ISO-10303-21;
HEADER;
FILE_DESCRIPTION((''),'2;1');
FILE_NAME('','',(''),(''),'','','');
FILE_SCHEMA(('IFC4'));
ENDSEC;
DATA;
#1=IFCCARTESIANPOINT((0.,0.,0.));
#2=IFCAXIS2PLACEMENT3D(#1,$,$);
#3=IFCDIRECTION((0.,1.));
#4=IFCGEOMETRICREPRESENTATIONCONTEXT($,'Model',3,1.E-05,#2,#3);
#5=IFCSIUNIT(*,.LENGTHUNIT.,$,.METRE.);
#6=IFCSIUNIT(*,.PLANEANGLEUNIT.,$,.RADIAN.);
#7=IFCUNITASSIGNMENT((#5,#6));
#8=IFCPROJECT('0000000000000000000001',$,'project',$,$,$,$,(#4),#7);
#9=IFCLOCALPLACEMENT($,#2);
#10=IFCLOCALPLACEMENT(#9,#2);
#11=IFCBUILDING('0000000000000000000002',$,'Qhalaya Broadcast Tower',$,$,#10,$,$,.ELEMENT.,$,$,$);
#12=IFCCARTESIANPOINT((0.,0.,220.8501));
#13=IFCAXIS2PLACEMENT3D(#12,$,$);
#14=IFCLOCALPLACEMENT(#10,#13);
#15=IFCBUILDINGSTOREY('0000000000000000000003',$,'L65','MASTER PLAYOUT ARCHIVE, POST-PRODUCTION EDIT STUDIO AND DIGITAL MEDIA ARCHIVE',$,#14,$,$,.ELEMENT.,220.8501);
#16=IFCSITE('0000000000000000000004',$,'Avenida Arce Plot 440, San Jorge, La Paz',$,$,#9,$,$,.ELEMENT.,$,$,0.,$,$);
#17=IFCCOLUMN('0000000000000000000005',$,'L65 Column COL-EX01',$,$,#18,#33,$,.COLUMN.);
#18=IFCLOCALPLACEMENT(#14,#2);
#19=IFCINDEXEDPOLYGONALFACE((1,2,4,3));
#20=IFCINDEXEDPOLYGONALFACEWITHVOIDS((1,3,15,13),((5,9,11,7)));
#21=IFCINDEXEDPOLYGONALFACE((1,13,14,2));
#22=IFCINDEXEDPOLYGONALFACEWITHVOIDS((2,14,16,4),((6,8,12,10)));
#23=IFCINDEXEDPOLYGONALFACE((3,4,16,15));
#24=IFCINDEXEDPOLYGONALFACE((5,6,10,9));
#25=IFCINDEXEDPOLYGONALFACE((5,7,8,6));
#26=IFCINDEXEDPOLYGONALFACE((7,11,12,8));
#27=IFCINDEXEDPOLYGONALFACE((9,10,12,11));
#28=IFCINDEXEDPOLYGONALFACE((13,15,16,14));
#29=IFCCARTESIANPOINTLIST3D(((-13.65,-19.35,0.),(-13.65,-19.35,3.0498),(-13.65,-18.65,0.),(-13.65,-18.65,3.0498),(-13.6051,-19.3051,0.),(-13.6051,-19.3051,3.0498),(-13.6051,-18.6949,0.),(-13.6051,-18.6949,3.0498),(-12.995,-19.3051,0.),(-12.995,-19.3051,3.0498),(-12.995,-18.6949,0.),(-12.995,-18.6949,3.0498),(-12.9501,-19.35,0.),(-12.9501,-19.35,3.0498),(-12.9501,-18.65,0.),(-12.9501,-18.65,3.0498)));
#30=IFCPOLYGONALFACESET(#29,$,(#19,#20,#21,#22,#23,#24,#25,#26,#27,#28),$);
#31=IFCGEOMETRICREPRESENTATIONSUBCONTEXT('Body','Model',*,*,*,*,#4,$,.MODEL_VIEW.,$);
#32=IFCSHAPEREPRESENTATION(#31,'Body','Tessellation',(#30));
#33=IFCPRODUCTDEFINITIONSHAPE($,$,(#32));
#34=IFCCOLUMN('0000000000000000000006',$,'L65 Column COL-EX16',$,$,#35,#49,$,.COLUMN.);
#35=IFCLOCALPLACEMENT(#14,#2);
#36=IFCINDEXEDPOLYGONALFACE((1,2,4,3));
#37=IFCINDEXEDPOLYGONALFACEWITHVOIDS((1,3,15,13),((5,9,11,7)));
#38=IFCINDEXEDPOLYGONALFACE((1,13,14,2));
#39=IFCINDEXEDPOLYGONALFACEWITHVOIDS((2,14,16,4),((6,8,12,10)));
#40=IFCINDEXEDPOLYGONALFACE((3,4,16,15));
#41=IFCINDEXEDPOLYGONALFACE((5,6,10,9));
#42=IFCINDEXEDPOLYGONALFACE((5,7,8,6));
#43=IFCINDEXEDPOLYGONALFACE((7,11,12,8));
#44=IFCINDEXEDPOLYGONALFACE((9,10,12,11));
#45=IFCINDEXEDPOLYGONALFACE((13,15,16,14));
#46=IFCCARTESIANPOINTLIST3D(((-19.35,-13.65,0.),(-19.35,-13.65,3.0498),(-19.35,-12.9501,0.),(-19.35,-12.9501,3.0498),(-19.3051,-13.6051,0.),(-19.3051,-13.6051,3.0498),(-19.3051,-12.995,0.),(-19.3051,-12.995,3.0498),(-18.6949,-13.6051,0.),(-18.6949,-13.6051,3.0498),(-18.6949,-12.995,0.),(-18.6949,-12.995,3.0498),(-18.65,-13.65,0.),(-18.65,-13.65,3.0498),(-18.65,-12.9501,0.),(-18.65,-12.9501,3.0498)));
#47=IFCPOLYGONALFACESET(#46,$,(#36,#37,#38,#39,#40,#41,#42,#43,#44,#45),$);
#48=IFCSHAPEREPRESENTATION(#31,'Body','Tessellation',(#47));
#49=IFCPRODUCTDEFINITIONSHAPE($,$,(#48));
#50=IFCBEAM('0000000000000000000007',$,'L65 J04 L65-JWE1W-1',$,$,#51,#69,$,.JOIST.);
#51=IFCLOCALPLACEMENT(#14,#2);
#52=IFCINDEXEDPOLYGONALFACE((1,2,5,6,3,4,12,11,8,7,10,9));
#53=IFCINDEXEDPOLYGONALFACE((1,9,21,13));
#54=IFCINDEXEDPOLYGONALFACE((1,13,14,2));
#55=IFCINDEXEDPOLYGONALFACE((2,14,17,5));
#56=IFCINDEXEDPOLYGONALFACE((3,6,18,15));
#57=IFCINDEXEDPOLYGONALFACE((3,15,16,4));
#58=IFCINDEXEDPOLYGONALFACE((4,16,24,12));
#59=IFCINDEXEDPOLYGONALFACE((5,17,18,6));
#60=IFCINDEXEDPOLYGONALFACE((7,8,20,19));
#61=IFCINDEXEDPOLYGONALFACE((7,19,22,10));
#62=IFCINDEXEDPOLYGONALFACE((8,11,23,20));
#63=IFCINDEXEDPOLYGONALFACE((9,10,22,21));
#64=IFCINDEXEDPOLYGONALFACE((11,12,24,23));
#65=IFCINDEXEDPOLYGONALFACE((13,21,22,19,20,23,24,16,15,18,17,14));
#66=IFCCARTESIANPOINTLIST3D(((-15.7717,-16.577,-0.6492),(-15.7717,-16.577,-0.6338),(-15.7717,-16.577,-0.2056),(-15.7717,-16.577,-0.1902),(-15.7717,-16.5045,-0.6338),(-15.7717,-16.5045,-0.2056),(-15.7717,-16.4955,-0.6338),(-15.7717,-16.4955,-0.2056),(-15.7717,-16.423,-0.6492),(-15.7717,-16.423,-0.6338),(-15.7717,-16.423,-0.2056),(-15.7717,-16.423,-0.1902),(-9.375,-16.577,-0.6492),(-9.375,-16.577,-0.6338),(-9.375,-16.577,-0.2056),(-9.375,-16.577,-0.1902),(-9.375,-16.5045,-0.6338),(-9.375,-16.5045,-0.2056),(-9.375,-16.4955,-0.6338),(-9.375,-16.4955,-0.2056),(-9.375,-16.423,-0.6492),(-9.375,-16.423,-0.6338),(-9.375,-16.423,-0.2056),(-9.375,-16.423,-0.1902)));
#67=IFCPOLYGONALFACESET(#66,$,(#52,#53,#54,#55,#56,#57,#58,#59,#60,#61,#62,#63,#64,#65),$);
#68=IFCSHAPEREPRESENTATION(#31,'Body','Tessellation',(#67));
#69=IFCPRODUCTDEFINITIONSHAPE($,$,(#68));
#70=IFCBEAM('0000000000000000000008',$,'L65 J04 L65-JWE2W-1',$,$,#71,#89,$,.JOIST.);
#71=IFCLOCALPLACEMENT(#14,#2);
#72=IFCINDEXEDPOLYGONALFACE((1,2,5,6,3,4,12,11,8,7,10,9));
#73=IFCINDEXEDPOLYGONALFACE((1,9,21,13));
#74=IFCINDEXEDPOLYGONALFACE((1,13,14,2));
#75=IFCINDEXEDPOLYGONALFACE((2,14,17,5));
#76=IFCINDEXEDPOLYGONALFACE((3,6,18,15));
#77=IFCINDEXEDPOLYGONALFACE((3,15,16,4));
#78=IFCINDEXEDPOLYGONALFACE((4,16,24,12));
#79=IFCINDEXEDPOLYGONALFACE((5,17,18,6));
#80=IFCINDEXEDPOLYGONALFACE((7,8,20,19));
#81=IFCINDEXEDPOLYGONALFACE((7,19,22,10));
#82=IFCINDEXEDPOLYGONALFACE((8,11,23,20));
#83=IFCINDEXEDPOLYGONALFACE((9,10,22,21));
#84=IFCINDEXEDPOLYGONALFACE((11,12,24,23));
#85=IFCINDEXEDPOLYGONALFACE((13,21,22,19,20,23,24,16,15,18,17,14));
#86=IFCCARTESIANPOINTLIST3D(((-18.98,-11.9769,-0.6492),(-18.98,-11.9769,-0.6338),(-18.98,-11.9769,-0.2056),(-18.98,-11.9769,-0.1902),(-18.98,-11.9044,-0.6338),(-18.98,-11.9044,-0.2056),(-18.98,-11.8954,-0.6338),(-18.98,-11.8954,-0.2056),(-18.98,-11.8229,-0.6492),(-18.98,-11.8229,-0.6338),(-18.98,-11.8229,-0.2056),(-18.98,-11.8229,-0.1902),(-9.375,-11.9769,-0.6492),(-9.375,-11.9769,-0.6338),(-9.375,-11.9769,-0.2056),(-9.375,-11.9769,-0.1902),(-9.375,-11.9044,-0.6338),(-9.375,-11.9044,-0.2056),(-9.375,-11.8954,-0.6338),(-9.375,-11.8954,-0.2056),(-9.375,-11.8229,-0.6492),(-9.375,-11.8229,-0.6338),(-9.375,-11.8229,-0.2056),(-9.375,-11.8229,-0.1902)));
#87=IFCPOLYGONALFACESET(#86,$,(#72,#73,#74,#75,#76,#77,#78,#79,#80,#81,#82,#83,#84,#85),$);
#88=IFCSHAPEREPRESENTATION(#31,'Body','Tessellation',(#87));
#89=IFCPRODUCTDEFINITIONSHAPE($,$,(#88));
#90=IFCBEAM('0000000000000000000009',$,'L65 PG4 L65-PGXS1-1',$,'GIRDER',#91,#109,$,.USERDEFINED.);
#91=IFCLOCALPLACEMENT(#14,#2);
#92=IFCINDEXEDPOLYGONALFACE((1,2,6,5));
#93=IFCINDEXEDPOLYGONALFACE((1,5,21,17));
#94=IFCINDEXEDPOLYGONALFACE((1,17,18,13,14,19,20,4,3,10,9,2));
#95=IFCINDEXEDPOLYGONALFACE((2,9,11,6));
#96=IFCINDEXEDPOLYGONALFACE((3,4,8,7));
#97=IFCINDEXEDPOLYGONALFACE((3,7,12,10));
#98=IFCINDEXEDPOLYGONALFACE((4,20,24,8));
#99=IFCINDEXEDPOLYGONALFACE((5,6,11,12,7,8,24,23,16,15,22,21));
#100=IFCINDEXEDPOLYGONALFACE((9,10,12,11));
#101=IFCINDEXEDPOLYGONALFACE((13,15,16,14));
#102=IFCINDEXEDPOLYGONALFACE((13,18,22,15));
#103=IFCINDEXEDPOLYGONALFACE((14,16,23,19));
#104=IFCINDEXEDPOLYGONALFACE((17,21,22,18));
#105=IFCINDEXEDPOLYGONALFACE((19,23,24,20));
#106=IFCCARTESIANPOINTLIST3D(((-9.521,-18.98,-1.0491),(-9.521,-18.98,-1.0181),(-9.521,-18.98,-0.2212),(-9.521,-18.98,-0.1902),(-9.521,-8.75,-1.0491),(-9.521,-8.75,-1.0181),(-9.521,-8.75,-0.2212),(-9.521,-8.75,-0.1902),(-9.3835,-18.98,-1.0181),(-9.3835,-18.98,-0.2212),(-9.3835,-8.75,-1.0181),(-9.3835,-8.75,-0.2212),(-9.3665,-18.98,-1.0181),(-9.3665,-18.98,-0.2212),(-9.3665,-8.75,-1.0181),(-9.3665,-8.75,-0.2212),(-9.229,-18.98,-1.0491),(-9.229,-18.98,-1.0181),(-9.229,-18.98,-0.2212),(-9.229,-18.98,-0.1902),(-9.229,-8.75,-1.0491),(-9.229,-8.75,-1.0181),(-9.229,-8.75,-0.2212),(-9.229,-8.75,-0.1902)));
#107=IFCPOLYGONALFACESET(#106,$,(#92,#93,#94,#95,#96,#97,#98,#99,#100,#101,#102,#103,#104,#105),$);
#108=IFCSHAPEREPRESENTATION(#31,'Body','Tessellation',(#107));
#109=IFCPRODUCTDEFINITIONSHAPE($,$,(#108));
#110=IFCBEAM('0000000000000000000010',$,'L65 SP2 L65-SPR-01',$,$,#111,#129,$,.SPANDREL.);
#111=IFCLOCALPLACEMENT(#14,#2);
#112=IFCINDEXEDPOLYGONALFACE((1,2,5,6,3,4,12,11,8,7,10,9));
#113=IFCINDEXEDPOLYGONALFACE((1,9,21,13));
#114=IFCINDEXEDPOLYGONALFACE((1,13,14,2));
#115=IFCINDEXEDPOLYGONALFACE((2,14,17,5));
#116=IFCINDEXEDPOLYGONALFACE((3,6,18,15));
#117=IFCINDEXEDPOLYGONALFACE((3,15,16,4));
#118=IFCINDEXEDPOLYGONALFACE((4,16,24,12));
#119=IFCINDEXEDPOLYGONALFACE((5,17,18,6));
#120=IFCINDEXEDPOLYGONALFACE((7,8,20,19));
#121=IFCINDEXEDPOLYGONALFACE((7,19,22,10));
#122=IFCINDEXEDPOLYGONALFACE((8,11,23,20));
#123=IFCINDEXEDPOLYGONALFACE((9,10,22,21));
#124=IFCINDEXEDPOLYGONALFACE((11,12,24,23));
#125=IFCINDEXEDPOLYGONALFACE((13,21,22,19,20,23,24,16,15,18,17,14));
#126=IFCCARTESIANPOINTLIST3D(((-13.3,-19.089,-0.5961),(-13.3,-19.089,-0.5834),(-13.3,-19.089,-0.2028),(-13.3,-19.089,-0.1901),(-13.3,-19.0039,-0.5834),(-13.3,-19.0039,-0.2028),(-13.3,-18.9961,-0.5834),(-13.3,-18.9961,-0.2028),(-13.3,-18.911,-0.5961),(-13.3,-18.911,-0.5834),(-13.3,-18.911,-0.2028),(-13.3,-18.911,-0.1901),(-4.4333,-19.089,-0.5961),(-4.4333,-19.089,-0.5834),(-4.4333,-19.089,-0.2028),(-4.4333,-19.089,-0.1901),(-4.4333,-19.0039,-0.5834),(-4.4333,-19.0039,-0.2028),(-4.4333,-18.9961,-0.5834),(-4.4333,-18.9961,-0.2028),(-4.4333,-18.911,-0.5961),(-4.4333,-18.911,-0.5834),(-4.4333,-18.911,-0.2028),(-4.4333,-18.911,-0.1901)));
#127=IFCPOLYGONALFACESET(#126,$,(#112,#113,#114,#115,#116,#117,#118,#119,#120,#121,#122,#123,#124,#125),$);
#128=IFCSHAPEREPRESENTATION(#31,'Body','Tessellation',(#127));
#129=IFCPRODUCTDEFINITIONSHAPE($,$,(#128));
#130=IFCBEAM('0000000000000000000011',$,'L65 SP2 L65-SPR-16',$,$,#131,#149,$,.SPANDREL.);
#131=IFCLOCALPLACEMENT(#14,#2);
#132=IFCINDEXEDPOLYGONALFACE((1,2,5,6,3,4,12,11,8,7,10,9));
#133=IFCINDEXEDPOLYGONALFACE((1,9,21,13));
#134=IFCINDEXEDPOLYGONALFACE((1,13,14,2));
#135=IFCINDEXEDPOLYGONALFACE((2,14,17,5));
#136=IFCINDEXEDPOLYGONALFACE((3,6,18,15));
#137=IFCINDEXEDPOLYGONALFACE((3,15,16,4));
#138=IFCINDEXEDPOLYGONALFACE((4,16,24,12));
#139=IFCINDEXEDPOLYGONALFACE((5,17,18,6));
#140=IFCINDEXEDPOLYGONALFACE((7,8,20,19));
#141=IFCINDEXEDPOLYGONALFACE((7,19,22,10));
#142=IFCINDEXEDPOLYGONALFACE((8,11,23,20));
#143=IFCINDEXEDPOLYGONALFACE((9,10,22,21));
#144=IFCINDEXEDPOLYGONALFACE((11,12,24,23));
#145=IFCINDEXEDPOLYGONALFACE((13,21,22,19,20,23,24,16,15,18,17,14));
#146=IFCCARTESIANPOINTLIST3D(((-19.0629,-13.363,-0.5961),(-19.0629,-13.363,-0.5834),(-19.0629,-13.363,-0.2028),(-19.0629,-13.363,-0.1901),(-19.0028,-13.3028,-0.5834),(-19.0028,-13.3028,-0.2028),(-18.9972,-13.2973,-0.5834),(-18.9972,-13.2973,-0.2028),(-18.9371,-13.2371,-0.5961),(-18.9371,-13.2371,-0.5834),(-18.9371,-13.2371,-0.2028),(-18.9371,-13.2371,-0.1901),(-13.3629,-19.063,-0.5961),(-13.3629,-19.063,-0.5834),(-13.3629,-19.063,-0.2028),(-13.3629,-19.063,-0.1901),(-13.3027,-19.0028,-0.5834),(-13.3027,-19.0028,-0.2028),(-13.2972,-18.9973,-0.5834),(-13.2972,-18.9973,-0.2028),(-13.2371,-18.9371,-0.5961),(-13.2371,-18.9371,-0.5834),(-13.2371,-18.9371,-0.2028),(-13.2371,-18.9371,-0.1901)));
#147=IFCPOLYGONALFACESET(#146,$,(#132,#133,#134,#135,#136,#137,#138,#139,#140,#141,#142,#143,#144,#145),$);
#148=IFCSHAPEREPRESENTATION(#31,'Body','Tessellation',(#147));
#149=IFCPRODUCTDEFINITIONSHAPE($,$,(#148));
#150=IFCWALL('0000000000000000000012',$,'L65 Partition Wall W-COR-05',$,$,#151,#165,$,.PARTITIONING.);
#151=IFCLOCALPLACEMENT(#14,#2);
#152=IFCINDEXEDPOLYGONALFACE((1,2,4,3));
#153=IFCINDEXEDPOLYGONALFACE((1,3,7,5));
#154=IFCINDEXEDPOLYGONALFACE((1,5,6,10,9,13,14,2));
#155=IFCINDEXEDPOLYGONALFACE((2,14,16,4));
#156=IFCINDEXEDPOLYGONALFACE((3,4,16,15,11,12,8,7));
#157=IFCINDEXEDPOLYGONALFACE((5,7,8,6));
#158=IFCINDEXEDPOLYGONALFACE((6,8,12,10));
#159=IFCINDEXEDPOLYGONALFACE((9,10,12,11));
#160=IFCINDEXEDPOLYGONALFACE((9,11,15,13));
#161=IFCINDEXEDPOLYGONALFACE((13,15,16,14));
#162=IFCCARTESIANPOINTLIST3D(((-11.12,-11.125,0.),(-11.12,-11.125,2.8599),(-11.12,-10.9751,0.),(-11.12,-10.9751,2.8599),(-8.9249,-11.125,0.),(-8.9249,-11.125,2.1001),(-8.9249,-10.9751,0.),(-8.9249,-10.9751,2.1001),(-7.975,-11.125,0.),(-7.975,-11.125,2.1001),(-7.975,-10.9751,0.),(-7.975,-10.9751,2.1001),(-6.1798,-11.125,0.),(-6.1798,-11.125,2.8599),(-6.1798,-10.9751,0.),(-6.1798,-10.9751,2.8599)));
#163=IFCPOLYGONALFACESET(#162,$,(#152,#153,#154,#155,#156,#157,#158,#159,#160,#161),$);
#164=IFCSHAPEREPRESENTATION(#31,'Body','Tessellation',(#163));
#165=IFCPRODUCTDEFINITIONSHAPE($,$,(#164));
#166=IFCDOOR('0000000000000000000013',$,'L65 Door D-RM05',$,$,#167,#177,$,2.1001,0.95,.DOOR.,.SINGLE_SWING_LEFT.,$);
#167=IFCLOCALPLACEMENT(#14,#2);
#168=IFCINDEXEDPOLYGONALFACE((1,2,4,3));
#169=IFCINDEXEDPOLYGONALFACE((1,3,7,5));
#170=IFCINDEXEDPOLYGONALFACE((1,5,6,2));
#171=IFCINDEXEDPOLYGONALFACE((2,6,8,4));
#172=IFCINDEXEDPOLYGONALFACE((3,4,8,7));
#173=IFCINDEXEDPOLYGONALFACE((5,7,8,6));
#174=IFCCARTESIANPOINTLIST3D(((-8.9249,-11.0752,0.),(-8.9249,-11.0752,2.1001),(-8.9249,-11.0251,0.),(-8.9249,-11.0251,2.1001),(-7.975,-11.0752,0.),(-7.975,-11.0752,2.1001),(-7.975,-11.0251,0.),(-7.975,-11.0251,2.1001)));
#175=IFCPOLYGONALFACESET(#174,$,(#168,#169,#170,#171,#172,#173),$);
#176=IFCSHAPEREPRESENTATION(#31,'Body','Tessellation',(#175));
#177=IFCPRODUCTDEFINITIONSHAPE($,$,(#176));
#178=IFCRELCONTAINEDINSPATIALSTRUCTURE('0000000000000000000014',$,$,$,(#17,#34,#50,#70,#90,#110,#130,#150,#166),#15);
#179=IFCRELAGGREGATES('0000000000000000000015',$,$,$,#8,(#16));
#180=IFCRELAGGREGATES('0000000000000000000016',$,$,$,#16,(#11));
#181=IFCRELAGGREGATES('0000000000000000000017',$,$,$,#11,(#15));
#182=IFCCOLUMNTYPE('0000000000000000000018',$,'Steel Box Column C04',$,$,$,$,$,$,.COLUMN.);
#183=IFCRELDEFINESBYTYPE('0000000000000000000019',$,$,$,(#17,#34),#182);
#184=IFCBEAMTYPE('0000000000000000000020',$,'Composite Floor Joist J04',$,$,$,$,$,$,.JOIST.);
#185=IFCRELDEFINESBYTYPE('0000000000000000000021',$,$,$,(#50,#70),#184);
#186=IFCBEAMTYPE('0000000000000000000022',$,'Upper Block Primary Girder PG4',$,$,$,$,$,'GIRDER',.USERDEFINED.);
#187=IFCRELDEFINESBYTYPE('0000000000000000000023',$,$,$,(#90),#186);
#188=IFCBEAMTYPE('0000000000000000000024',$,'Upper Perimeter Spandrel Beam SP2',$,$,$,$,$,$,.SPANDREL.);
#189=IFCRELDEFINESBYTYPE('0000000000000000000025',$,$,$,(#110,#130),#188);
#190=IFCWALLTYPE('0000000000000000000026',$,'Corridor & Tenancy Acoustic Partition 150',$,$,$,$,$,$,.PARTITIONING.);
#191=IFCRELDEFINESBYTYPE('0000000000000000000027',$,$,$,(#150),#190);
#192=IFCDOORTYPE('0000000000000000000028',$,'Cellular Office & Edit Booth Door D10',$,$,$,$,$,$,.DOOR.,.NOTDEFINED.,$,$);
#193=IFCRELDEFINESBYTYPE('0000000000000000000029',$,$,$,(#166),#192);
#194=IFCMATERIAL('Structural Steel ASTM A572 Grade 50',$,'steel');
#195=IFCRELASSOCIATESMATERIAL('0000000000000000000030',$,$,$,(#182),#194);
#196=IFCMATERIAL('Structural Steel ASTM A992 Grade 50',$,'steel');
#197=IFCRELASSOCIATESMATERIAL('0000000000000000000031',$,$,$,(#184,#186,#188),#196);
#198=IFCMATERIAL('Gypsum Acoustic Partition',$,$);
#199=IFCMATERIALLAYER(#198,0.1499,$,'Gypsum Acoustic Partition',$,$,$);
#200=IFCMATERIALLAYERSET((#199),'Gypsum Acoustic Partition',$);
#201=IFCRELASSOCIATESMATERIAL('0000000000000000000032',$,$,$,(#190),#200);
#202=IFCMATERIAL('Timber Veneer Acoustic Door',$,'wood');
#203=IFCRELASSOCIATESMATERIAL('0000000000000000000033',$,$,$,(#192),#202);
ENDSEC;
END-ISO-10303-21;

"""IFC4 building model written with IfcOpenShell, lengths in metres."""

from ifc_helpers import new_model, si_unit, direction, frame, frame_2d, origin, origin_2d, place, context, subcontext, project, spatial, rectangle, hollow_rectangle, i_section, extrude, material, layer, layer_set, material_profile, profile_set, type_object, element, fill, save


model = new_model("IFC4")

# Units and contexts
model_context = context("Model", 3, precision=1e-05, world=origin(), true_north=direction((0.0, 1.0)))
body_context = subcontext(model_context, "Body", "Model", "MODEL_VIEW")
ifc_project = project(units=[si_unit("LENGTHUNIT", "METRE"), si_unit("PLANEANGLEUNIT", "RADIAN")], contexts=[model_context])

# Site, building, storey
site_placement = place(None, origin())
site = spatial("IfcSite", under=ifc_project, at=site_placement, Name="Avenida Arce Plot 440, San Jorge, La Paz", CompositionType="ELEMENT", RefElevation=0.0)
building_placement = place(site_placement, origin())
building = spatial("IfcBuilding", under=site, at=building_placement, Name="Qhalaya Broadcast Tower", CompositionType="ELEMENT")
storey_placement = place(building_placement, frame((0.0, 0.0, 220.8501)))
storey = spatial("IfcBuildingStorey", under=building, at=storey_placement, Name="L65", Description="MASTER PLAYOUT ARCHIVE, POST-PRODUCTION EDIT STUDIO AND DIGITAL MEDIA ARCHIVE", CompositionType="ELEMENT", Elevation=220.8501)

# Columns
ifc_material_1 = material(Name="Structural Steel ASTM A572 Grade 50", Category="steel")
ifc_material_profile_1 = material_profile(ifc_material_1, hollow_rectangle(XDim=0.7, YDim=0.7, WallThickness=0.0449, at=origin_2d()), Name="BOX 700x700x45")
ifc_profile_set_1 = profile_set([ifc_material_profile_1], Name="Structural Steel ASTM A572 Grade 50")
column_type = type_object("IfcColumnType", Name="Steel Box Column C04", PredefinedType="COLUMN", material=ifc_profile_set_1)
for number, where, z_axis, x_axis, name in (
    (1, (-13.3, -19.0, 0.0), (0.0, 0.0, 1.0), (1.0, 0.0, 0.0), "L65 Column COL-EX01"),
    (2, (-19.0, -13.3, 0.0), (0.0, 0.0, 1.0), (0.0, 1.0, 0.0), "L65 Column COL-EX16"),
):
    element("IfcColumn", number, at=place(storey_placement, frame(where, z_axis=z_axis, x_axis=x_axis)), inside=storey, type_object=column_type, Name=name, PredefinedType="COLUMN", context=body_context, shape_type="SweptSolid", body=[
        extrude(hollow_rectangle(XDim=0.7, YDim=0.7, WallThickness=0.0449, at=origin_2d()), origin(), (0.0, 0.0, 1.0), 3.0498),
    ])

# Beams
ifc_material_2 = material(Name="Structural Steel ASTM A992 Grade 50", Category="steel")
ifc_material_profile_2 = material_profile(ifc_material_2, i_section(OverallWidth=0.1541, OverallDepth=0.459, WebThickness=0.009, FlangeThickness=0.0154, at=origin_2d()), Name="W18X46")
ifc_profile_set_2 = profile_set([ifc_material_profile_2], Name="Structural Steel ASTM A992 Grade 50")
beam_type_1 = type_object("IfcBeamType", Name="Composite Floor Joist J04", PredefinedType="JOIST", material=ifc_profile_set_2)
beam_1_placement = place(storey_placement, frame((-15.7717, -16.5, -0.4197), z_axis=(1.0, 0.0, 0.0), x_axis=(0.0, 1.0, 0.0)))
element("IfcBeam", 3, at=beam_1_placement, inside=storey, type_object=beam_type_1, Name="L65 J04 L65-JWE1W-1", PredefinedType="JOIST", context=body_context, shape_type="SweptSolid", body=[
    extrude(i_section(OverallWidth=0.1541, OverallDepth=0.459, WebThickness=0.009, FlangeThickness=0.0154, at=origin_2d()), origin(), (0.0, 0.0, 1.0), 6.3967),
])
beam_2_placement = place(storey_placement, frame((-18.98, -11.8999, -0.4197), z_axis=(1.0, 0.0, 0.0), x_axis=(0.0, 1.0, 0.0)))
element("IfcBeam", 4, at=beam_2_placement, inside=storey, type_object=beam_type_1, Name="L65 J04 L65-JWE2W-1", PredefinedType="JOIST", context=body_context, shape_type="SweptSolid", body=[
    extrude(i_section(OverallWidth=0.1541, OverallDepth=0.459, WebThickness=0.009, FlangeThickness=0.0154, at=origin_2d()), origin(), (0.0, 0.0, 1.0), 9.605),
])
ifc_material_profile_3 = material_profile(ifc_material_2, i_section(OverallWidth=0.292, OverallDepth=0.8589, WebThickness=0.0171, FlangeThickness=0.031, at=origin_2d()), Name="W33X169")
ifc_profile_set_3 = profile_set([ifc_material_profile_3], Name="Structural Steel ASTM A992 Grade 50")
beam_type_2 = type_object("IfcBeamType", Name="Upper Block Primary Girder PG4", ElementType="GIRDER", PredefinedType="USERDEFINED", material=ifc_profile_set_3)
beam_3_placement = place(storey_placement, frame((-9.375, -18.98, -0.6196), z_axis=(0.0, 1.0, 0.0), x_axis=(-1.0, 0.0, 0.0)))
element("IfcBeam", 5, at=beam_3_placement, inside=storey, type_object=beam_type_2, Name="L65 PG4 L65-PGXS1-1", ObjectType="GIRDER", PredefinedType="USERDEFINED", context=body_context, shape_type="SweptSolid", body=[
    extrude(i_section(OverallWidth=0.292, OverallDepth=0.8589, WebThickness=0.0171, FlangeThickness=0.031, at=origin_2d()), origin(), (0.0, 0.0, 1.0), 10.23),
])
ifc_material_profile_4 = material_profile(ifc_material_2, i_section(OverallWidth=0.178, OverallDepth=0.406, WebThickness=0.0078, FlangeThickness=0.0127, at=origin_2d()), Name="W16X40")
ifc_profile_set_4 = profile_set([ifc_material_profile_4], Name="Structural Steel ASTM A992 Grade 50")
beam_type_3 = type_object("IfcBeamType", Name="Upper Perimeter Spandrel Beam SP2", PredefinedType="SPANDREL", material=ifc_profile_set_4)
beam_4_placement = place(storey_placement, frame((-13.3, -19.0, -0.3931), z_axis=(1.0, 0.0, 0.0), x_axis=(0.0, 1.0, 0.0)))
element("IfcBeam", 6, at=beam_4_placement, inside=storey, type_object=beam_type_3, Name="L65 SP2 L65-SPR-01", PredefinedType="SPANDREL", context=body_context, shape_type="SweptSolid", body=[
    extrude(i_section(OverallWidth=0.178, OverallDepth=0.406, WebThickness=0.0078, FlangeThickness=0.0127, at=origin_2d()), origin(), (0.0, 0.0, 1.0), 8.8667),
])
beam_5_placement = place(storey_placement, frame((-19.0, -13.3, -0.3931), z_axis=(0.707107, -0.707107, 0.0), x_axis=(0.707107, 0.707107, 0.0)))
element("IfcBeam", 7, at=beam_5_placement, inside=storey, type_object=beam_type_3, Name="L65 SP2 L65-SPR-16", PredefinedType="SPANDREL", context=body_context, shape_type="SweptSolid", body=[
    extrude(i_section(OverallWidth=0.178, OverallDepth=0.406, WebThickness=0.0078, FlangeThickness=0.0127, at=origin_2d()), origin(), (0.0, 0.0, 1.0), 8.061),
])

# Wall, opening, door
ifc_material_3 = material(Name="Gypsum Acoustic Partition")
ifc_layer_1 = layer(ifc_material_3, 0.1499, Name="Gypsum Acoustic Partition")
ifc_layer_set_1 = layer_set([ifc_layer_1], Name="Gypsum Acoustic Partition")
wall_type_1 = type_object("IfcWallType", Name="Corridor & Tenancy Acoustic Partition 150", PredefinedType="PARTITIONING", material=ifc_layer_set_1)
wall_1_placement = place(storey_placement, frame((-11.1201, -11.05, 0.0), z_axis=(0.0, 0.0, 1.0), x_axis=(1.0, 0.0, 0.0)))
wall_1 = element("IfcWall", 8, at=wall_1_placement, inside=storey, type_object=wall_type_1, Name="L65 Partition Wall W-COR-05", PredefinedType="PARTITIONING", context=body_context, shape_type="SweptSolid", body=[
    extrude(rectangle(XDim=4.9402, YDim=0.1499, at=frame_2d((2.4702, 0.0))), origin(), (0.0, 0.0, 1.0), 2.8599),
])
opening_1_placement = place(wall_1_placement, frame((2.1951, 0.0, 0.0)))
opening_1 = element("IfcOpeningElement", 9, at=opening_1_placement, cuts=wall_1, PredefinedType="OPENING", context=body_context, shape_type="SweptSolid", body=[
    extrude(rectangle(XDim=0.95, YDim=2.1001, at=frame_2d((0.4751, 1.05))), frame((0.0, 0.0869, 0.0), z_axis=(0.0, -1.0, 0.0), x_axis=(1.0, 0.0, 0.0)), (0.0, 0.0, 1.0), 0.1738),
])
ifc_material_4 = material(Name="Timber Veneer Acoustic Door", Category="wood")
door_type = type_object("IfcDoorType", Name="Cellular Office & Edit Booth Door D10", OperationType="NOTDEFINED", PredefinedType="DOOR", material=ifc_material_4)
door_1_placement = place(opening_1_placement, origin())
door_1 = element("IfcDoor", 10, at=door_1_placement, inside=storey, type_object=door_type, Name="L65 Door D-RM05", OperationType="SINGLE_SWING_LEFT", OverallHeight=2.1001, OverallWidth=0.95, PredefinedType="DOOR", context=body_context, shape_type="SweptSolid", body=[
    extrude(rectangle(XDim=0.95, YDim=2.1001, at=frame_2d((0.4751, 1.05))), frame((0.0, 0.0249, 0.0), z_axis=(0.0, -1.0, 0.0), x_axis=(1.0, 0.0, 0.0)), (0.0, 0.0, 1.0), 0.05),
])
fill(opening_1, door_1)

save(model, "model.ifc")
